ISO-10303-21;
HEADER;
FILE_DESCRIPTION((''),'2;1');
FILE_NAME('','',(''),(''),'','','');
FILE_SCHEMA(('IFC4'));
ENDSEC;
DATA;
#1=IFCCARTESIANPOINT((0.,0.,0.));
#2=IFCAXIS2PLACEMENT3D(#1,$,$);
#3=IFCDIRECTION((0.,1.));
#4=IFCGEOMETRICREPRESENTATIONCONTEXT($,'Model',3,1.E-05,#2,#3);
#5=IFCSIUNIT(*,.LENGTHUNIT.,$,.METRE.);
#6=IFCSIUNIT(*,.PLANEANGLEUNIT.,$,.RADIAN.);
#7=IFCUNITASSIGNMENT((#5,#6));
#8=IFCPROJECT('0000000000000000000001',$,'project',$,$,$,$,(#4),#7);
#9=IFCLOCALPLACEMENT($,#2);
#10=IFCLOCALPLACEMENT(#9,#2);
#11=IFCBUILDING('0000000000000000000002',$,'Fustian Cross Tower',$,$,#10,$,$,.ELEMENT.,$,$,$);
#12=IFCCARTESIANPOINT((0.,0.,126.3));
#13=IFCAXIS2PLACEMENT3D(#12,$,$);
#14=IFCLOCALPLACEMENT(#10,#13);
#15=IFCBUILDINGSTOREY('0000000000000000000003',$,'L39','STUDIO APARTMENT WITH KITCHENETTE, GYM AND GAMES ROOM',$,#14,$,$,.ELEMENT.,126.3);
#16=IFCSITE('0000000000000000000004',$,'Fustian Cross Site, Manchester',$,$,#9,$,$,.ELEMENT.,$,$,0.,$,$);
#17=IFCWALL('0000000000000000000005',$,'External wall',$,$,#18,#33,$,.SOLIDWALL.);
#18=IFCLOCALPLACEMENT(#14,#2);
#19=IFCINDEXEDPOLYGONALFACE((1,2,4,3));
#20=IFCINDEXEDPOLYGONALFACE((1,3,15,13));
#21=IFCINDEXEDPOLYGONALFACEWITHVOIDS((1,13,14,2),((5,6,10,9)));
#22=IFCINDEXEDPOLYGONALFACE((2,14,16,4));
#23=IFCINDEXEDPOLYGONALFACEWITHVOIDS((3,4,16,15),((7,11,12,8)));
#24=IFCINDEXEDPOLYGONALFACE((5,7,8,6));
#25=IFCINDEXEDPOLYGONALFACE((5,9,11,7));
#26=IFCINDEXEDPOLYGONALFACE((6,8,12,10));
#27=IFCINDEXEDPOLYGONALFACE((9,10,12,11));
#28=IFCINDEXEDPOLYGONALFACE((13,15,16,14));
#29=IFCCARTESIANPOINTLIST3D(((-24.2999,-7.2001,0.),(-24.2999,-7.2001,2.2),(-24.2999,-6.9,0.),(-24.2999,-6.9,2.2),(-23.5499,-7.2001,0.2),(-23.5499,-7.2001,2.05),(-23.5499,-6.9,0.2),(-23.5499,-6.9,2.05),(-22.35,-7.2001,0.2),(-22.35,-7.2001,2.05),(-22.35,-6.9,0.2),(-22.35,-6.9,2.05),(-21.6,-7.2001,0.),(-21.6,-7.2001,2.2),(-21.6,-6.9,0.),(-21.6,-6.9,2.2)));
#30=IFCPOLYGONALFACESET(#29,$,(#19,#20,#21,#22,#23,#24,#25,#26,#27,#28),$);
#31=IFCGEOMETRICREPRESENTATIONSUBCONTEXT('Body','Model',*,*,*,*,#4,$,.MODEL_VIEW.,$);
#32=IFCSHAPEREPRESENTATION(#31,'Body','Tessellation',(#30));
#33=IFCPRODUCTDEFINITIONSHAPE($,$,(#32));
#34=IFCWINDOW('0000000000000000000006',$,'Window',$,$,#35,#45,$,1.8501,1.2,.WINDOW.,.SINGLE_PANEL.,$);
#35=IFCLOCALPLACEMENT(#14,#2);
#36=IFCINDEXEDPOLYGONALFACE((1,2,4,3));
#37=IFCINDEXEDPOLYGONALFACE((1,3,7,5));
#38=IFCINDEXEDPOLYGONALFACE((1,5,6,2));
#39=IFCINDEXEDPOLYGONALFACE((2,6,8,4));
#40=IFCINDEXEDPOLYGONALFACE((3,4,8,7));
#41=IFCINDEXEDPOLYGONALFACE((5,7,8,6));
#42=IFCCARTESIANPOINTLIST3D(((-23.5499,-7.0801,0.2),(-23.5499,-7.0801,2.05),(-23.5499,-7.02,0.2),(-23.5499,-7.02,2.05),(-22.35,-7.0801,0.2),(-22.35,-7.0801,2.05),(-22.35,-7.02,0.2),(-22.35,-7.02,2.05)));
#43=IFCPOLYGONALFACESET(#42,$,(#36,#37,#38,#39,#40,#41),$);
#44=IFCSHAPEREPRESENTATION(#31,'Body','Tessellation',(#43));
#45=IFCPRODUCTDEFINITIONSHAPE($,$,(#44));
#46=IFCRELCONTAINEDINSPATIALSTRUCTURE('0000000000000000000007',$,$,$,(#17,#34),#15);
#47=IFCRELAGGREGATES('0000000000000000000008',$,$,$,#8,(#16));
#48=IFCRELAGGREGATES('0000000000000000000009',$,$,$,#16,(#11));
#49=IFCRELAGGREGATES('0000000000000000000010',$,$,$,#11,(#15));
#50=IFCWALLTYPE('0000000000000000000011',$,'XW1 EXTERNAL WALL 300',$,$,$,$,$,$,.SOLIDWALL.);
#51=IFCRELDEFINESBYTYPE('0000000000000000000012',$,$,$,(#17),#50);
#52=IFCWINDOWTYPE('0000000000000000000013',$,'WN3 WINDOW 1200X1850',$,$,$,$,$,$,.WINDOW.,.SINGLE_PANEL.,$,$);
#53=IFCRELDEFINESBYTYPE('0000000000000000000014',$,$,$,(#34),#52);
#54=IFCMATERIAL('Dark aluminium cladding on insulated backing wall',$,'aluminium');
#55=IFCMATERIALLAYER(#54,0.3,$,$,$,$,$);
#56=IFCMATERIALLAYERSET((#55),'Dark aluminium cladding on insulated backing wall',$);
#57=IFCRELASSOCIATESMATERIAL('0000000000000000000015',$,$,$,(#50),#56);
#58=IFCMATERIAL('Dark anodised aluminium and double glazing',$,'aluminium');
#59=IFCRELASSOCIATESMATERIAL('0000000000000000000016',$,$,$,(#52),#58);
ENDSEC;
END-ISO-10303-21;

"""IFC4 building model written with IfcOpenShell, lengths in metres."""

from ifc_helpers import new_model, si_unit, direction, frame, frame_2d, origin, place, context, subcontext, project, spatial, rectangle, extrude, material, layer, layer_set, type_object, element, fill, save


model = new_model("IFC4")

# Units and contexts
model_context = context("Model", 3, precision=1e-05, world=origin(), true_north=direction((0.0, 1.0)))
body_context = subcontext(model_context, "Body", "Model", "MODEL_VIEW")
ifc_project = project(units=[si_unit("LENGTHUNIT", "METRE"), si_unit("PLANEANGLEUNIT", "RADIAN")], contexts=[model_context])

# Site, building, storey
site_placement = place(None, origin())
site = spatial("IfcSite", under=ifc_project, at=site_placement, Name="Fustian Cross Site, Manchester", CompositionType="ELEMENT", RefElevation=0.0)
building_placement = place(site_placement, origin())
building = spatial("IfcBuilding", under=site, at=building_placement, Name="Fustian Cross Tower", CompositionType="ELEMENT")
storey_placement = place(building_placement, frame((0.0, 0.0, 126.3)))
storey = spatial("IfcBuildingStorey", under=building, at=storey_placement, Name="L39", Description="STUDIO APARTMENT WITH KITCHENETTE, GYM AND GAMES ROOM", CompositionType="ELEMENT", Elevation=126.3)

# Wall, opening, window
ifc_material_1 = material(Name="Dark aluminium cladding on insulated backing wall", Category="aluminium")
ifc_layer_1 = layer(ifc_material_1, 0.3)
ifc_layer_set_1 = layer_set([ifc_layer_1], Name="Dark aluminium cladding on insulated backing wall")
wall_type_1 = type_object("IfcWallType", Name="XW1 EXTERNAL WALL 300", PredefinedType="SOLIDWALL", material=ifc_layer_set_1)
ifc_material_2 = material(Name="Dark anodised aluminium and double glazing", Category="aluminium")
window_type_1 = type_object("IfcWindowType", Name="WN3 WINDOW 1200X1850", PartitioningType="SINGLE_PANEL", PredefinedType="WINDOW", material=ifc_material_2)
wall_1_placement = place(storey_placement, frame((-24.3, -7.05, 0.0), z_axis=(0.0, 0.0, 1.0), x_axis=(1.0, 0.0, 0.0)))
wall_1 = element("IfcWall", 1, at=wall_1_placement, inside=storey, type_object=wall_type_1, Name="External wall", PredefinedType="SOLIDWALL", context=body_context, shape_type="SweptSolid", body=[
    extrude(rectangle(XDim=2.7, YDim=0.3, at=frame_2d((1.3501, 0.0))), origin(), (0.0, 0.0, 1.0), 2.2),
])
opening_1_placement = place(wall_1_placement, frame((0.75, 0.0, 0.2)))
opening_1 = element("IfcOpeningElement", 2, at=opening_1_placement, cuts=wall_1, PredefinedType="OPENING", context=body_context, shape_type="SweptSolid", body=[
    extrude(rectangle(XDim=1.2, YDim=1.8501, at=frame_2d((0.6001, 0.925))), frame((0.0, 0.1599, 0.0), z_axis=(0.0, -1.0, 0.0), x_axis=(1.0, 0.0, 0.0)), (0.0, 0.0, 1.0), 0.3201),
])
window_1_placement = place(opening_1_placement, origin())
window_1 = element("IfcWindow", 3, at=window_1_placement, inside=storey, type_object=window_type_1, Name="Window", OverallHeight=1.8501, OverallWidth=1.2, PartitioningType="SINGLE_PANEL", PredefinedType="WINDOW", context=body_context, shape_type="SweptSolid", body=[
    extrude(rectangle(XDim=1.2, YDim=1.8501, at=frame_2d((0.6001, 0.925))), frame((0.0, 0.03, 0.0), z_axis=(0.0, -1.0, 0.0), x_axis=(1.0, 0.0, 0.0)), (0.0, 0.0, 1.0), 0.0601),
])
fill(opening_1, window_1)

save(model, "model.ifc")
